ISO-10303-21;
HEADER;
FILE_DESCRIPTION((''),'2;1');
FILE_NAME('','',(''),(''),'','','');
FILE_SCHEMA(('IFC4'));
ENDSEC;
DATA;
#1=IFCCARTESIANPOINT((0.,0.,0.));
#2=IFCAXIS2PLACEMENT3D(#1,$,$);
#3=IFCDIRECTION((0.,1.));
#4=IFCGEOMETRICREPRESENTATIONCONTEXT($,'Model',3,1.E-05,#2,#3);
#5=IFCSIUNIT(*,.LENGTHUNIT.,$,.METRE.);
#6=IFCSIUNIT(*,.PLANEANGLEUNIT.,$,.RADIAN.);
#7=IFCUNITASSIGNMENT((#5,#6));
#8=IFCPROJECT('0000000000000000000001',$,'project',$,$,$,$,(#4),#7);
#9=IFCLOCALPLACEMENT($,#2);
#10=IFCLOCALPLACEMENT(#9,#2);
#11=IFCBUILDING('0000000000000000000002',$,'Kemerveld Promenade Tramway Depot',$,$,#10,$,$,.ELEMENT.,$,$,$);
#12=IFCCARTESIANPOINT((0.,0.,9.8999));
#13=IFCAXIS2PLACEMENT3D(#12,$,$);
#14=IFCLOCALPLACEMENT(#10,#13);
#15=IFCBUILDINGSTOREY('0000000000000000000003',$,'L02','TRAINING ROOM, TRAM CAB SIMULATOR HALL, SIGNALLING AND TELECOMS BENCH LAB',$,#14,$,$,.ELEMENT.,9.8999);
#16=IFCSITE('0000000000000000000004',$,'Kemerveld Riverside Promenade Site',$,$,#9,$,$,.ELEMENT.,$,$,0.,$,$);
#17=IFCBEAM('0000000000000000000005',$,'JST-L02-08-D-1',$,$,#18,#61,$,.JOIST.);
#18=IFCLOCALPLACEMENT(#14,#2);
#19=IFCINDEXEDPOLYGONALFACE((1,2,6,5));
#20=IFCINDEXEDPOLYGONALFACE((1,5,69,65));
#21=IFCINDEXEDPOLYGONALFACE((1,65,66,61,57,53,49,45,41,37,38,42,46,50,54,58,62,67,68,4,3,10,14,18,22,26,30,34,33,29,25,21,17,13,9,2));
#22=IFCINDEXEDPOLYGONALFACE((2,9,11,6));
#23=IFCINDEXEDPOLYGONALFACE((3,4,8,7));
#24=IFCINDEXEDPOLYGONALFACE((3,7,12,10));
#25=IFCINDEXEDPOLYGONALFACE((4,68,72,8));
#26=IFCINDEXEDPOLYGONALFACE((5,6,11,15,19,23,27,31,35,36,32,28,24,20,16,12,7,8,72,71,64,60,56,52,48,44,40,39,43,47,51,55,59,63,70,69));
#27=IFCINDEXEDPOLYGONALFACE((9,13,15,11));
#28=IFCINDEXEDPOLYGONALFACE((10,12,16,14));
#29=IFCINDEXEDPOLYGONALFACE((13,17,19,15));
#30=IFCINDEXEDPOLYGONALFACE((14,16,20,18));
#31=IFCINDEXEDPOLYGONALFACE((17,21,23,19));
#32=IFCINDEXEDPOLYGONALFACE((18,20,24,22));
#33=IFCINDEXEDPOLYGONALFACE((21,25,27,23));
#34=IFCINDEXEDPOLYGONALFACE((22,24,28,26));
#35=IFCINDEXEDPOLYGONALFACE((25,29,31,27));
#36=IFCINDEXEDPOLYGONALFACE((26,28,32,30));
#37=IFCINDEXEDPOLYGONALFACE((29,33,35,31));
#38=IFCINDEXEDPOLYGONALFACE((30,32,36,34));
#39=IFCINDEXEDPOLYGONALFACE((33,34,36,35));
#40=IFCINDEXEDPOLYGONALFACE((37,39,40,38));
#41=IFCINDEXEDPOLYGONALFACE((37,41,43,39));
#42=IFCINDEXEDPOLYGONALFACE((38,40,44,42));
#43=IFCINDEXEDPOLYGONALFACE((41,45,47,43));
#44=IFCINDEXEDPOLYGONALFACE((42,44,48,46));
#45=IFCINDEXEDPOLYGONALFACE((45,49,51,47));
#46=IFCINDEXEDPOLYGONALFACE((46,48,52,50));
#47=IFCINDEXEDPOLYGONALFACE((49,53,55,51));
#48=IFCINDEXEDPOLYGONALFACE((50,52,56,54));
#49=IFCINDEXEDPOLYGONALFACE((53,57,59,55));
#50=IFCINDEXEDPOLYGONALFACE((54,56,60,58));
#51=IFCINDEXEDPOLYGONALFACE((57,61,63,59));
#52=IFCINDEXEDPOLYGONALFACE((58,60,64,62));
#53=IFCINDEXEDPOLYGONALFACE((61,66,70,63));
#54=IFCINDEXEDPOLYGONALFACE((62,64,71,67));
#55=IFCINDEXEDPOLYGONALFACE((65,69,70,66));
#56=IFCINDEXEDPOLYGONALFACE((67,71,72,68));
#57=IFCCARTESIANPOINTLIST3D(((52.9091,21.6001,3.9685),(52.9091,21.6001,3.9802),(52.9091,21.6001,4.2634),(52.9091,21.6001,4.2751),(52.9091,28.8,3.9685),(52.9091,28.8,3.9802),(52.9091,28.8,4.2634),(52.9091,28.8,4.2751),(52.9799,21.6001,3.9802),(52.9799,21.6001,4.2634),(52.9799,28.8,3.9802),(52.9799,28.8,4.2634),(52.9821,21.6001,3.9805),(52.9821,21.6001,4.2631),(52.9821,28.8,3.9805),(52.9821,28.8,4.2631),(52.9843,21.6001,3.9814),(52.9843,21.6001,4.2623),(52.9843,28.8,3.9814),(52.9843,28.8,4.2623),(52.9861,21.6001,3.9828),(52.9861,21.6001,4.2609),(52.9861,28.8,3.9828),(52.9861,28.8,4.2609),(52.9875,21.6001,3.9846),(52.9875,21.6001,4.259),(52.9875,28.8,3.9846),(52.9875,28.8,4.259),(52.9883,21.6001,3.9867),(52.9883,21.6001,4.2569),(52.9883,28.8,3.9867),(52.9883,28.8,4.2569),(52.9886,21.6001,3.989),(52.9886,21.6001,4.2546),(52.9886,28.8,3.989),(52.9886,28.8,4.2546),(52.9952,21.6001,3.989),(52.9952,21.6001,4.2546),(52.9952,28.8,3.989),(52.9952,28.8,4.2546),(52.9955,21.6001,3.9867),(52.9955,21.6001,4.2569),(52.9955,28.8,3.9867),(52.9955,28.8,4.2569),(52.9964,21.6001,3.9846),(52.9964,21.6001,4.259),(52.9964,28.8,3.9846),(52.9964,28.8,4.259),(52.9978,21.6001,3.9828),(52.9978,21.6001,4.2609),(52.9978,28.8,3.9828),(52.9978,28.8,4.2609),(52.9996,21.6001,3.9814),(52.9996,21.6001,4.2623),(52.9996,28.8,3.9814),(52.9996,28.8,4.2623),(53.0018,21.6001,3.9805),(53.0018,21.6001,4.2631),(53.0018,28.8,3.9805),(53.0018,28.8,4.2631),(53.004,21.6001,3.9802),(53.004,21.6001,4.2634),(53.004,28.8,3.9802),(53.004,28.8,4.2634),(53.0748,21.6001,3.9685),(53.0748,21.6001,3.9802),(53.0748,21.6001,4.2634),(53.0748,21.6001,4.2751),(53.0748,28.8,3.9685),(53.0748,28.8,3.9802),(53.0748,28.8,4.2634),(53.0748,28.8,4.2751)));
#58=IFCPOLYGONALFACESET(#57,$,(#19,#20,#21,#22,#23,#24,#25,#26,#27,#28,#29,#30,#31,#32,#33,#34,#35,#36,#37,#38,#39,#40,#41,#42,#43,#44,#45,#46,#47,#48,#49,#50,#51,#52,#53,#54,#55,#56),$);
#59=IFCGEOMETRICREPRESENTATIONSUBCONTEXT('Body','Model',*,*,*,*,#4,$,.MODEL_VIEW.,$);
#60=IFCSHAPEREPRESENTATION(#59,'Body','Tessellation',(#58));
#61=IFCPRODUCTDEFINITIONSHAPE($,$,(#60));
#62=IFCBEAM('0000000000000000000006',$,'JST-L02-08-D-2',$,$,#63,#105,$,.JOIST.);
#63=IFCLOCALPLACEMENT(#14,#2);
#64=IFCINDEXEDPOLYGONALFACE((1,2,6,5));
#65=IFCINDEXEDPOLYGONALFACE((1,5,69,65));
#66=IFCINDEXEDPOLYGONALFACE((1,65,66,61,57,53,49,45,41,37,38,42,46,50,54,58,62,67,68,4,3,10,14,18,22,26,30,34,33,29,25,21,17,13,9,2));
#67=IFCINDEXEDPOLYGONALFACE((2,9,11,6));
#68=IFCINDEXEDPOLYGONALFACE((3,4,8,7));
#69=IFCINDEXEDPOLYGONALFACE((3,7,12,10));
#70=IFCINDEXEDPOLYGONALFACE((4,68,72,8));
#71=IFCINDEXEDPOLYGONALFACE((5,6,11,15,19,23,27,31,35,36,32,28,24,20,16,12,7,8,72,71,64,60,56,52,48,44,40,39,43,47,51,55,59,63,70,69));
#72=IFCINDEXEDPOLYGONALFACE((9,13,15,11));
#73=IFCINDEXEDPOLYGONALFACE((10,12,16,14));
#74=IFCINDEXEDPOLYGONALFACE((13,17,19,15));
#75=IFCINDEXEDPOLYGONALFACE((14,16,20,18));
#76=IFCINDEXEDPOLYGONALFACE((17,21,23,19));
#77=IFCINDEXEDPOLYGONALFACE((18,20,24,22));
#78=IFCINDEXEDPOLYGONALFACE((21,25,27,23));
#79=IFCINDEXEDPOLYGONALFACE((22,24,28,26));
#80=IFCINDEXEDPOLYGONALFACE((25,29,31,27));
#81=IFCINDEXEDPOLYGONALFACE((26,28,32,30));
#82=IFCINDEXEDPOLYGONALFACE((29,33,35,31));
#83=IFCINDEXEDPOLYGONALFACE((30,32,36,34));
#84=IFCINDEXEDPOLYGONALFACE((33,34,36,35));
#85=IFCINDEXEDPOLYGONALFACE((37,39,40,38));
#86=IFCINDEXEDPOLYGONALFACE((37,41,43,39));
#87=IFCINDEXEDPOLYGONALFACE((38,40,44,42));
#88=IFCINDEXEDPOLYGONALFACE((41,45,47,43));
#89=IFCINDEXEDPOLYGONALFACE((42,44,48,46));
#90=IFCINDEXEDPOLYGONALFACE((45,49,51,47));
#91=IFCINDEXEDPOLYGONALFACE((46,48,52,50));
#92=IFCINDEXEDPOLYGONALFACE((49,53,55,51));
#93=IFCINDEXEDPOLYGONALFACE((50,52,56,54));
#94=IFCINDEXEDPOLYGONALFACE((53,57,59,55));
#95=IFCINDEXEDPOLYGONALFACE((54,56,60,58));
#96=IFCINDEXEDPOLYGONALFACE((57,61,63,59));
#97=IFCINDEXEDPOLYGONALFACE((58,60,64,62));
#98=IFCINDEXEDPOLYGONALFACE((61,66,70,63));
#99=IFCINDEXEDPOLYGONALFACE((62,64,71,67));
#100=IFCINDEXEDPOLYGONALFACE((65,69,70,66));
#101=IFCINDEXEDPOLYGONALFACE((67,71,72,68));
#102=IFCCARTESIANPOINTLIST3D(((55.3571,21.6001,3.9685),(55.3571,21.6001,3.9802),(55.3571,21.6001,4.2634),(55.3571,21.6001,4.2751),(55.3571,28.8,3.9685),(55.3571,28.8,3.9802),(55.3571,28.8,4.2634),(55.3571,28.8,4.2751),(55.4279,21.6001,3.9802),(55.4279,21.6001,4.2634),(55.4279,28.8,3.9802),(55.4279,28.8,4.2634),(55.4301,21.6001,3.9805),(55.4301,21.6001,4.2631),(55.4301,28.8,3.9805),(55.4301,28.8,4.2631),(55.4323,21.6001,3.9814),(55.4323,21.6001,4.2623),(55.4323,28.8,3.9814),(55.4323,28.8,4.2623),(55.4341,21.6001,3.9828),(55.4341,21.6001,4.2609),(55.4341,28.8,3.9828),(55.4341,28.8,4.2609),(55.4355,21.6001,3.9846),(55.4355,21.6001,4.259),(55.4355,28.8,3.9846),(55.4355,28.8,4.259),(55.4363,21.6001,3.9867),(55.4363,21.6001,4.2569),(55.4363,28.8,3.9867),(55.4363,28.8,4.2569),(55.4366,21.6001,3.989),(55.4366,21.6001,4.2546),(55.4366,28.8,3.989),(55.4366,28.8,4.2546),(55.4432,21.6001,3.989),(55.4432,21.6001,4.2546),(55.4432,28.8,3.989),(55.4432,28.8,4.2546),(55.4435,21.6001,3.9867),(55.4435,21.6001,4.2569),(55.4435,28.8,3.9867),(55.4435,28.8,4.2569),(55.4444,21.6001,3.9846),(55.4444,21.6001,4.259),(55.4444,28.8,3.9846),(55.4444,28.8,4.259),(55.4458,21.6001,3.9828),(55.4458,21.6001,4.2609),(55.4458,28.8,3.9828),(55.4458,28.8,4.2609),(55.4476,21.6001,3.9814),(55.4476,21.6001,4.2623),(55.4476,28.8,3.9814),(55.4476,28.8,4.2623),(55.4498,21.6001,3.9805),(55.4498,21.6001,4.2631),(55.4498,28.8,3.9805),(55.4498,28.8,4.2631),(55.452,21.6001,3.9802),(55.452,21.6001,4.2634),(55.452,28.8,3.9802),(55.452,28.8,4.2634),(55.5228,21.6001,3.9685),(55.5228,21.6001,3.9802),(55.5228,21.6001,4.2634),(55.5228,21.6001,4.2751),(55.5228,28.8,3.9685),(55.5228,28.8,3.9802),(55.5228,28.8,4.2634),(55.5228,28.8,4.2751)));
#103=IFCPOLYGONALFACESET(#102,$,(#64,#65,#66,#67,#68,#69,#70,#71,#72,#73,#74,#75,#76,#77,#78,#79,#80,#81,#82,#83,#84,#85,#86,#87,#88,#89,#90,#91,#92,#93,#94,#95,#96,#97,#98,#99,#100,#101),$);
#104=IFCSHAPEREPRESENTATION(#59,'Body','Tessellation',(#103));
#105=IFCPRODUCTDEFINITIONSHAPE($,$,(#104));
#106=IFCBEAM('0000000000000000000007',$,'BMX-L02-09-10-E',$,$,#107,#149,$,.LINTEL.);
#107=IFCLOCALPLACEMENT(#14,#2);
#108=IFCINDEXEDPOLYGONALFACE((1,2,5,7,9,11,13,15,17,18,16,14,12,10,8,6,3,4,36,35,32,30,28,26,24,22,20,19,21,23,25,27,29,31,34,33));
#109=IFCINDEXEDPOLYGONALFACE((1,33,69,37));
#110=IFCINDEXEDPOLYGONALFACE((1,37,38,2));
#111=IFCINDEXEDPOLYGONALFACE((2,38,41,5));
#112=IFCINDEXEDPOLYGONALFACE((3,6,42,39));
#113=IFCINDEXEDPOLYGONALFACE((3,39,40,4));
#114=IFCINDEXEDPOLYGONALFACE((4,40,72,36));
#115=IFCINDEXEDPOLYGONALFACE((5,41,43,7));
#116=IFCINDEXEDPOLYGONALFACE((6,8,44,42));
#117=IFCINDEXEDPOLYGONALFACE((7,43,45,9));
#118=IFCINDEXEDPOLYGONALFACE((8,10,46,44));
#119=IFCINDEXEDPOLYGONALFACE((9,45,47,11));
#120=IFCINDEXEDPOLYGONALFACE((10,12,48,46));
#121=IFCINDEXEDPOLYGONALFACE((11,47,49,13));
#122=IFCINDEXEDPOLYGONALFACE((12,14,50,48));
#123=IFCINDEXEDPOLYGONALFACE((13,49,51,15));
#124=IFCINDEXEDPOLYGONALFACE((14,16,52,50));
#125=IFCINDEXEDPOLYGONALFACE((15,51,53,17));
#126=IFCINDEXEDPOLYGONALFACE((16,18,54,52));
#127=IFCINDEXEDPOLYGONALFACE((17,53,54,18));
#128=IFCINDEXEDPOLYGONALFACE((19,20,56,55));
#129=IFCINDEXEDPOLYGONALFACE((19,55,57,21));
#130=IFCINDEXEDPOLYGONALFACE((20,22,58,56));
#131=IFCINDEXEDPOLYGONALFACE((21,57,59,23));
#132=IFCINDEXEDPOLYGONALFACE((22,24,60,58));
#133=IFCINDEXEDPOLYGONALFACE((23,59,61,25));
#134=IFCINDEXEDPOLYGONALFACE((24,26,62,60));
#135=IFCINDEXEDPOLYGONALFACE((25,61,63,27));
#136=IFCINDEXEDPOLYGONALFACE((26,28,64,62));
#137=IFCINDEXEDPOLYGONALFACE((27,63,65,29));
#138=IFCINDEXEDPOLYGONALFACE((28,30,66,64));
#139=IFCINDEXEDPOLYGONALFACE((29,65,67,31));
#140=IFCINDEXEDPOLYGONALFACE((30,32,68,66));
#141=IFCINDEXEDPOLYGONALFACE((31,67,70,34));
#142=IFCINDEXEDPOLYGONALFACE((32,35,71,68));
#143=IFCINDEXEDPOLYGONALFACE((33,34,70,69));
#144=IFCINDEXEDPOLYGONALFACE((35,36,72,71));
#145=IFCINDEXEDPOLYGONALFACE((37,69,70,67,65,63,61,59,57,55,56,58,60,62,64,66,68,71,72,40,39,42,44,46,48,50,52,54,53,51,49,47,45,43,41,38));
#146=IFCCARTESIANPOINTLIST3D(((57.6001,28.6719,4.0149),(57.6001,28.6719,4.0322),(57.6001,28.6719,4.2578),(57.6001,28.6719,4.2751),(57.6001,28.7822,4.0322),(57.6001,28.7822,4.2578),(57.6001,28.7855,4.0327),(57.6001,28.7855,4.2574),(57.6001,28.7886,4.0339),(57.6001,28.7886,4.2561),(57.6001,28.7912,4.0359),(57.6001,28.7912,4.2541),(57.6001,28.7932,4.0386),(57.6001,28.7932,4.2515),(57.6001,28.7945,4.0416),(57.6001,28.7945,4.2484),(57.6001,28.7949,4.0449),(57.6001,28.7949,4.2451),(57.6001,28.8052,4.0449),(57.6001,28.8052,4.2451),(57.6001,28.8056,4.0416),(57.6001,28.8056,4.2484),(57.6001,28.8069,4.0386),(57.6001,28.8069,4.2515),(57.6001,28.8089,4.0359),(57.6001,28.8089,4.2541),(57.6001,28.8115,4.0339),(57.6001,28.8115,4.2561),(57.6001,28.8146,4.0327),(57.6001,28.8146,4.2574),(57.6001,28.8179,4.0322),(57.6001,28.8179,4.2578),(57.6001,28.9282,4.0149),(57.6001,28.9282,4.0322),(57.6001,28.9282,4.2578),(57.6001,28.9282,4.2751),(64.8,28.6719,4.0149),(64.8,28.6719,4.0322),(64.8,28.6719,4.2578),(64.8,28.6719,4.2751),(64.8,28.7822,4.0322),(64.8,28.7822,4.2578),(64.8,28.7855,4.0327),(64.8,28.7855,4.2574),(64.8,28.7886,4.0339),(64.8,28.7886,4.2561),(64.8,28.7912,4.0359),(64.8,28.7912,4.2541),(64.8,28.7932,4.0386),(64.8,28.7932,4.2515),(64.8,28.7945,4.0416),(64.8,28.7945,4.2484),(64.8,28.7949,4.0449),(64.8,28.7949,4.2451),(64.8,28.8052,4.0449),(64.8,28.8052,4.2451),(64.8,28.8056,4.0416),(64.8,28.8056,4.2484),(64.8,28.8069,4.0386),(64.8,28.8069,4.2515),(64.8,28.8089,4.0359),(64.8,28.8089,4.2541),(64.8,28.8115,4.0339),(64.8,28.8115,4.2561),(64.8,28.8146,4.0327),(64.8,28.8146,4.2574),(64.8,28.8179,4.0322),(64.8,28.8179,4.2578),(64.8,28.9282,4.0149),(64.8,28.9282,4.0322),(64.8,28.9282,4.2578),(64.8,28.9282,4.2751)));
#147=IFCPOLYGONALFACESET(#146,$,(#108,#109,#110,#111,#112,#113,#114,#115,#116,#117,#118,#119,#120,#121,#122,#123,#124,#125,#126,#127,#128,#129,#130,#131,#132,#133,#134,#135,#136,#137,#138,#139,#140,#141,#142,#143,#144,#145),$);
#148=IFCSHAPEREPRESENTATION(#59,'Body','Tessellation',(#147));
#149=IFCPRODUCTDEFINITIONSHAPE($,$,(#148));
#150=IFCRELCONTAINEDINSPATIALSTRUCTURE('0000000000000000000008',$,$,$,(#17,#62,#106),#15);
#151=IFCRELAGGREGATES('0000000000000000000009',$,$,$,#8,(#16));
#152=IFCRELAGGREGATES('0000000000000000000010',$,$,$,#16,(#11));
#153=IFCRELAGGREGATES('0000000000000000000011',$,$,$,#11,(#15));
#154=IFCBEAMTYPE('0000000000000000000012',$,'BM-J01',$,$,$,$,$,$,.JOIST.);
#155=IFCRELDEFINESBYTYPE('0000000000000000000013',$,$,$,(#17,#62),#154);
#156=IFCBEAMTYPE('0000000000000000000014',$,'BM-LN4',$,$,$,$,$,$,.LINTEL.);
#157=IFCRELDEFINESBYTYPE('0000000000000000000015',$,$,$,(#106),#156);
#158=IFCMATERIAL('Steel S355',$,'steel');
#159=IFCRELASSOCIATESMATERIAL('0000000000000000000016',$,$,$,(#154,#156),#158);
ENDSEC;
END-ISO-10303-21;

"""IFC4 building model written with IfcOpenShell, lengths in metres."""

from ifc_helpers import new_model, si_unit, direction, frame, origin, origin_2d, place, context, subcontext, project, spatial, i_section, extrude, material, material_profile, profile_set, type_object, element, save


model = new_model("IFC4")

# Units and contexts
model_context = context("Model", 3, precision=1e-05, world=origin(), true_north=direction((0.0, 1.0)))
body_context = subcontext(model_context, "Body", "Model", "MODEL_VIEW")
ifc_project = project(units=[si_unit("LENGTHUNIT", "METRE"), si_unit("PLANEANGLEUNIT", "RADIAN")], contexts=[model_context])

# Site, building, storey
site_placement = place(None, origin())
site = spatial("IfcSite", under=ifc_project, at=site_placement, Name="Kemerveld Riverside Promenade Site", CompositionType="ELEMENT", RefElevation=0.0)
building_placement = place(site_placement, origin())
building = spatial("IfcBuilding", under=site, at=building_placement, Name="Kemerveld Promenade Tramway Depot", CompositionType="ELEMENT")
storey_placement = place(building_placement, frame((0.0, 0.0, 9.8999)))
storey = spatial("IfcBuildingStorey", under=building, at=storey_placement, Name="L02", Description="TRAINING ROOM, TRAM CAB SIMULATOR HALL, SIGNALLING AND TELECOMS BENCH LAB", CompositionType="ELEMENT", Elevation=9.8999)

# Shared definitions
ifc_material_1 = material(Name="Steel S355", Category="steel")

# Beams
ifc_material_profile_1 = material_profile(ifc_material_1, i_section(OverallWidth=0.1658, OverallDepth=0.3066, WebThickness=0.0066, FlangeThickness=0.0117, FilletRadius=0.0088, at=origin_2d()), Name="305x165x46 UB")
ifc_profile_set_1 = profile_set([ifc_material_profile_1], Name="Steel S355")
beam_type_1 = type_object("IfcBeamType", Name="BM-J01", PredefinedType="JOIST", material=ifc_profile_set_1)
for number, where, z_axis, x_axis, name in (
    (1, (52.9919, 21.6001, 4.1218), (0.0, 1.0, 0.0), (-1.0, 0.0, 0.0), "JST-L02-08-D-1"),
    (2, (55.4399, 21.6001, 4.1218), (0.0, 1.0, 0.0), (-1.0, 0.0, 0.0), "JST-L02-08-D-2"),
):
    element("IfcBeam", number, at=place(storey_placement, frame(where, z_axis=z_axis, x_axis=x_axis)), inside=storey, type_object=beam_type_1, Name=name, PredefinedType="JOIST", context=body_context, shape_type="SweptSolid", body=[
        extrude(i_section(OverallWidth=0.1658, OverallDepth=0.3066, WebThickness=0.0066, FlangeThickness=0.0117, FilletRadius=0.0088, at=origin_2d()), origin(), (0.0, 0.0, 1.0), 7.2),
    ])
ifc_material_profile_2 = material_profile(ifc_material_1, i_section(OverallWidth=0.2563, OverallDepth=0.2603, WebThickness=0.0103, FlangeThickness=0.0173, FilletRadius=0.0127, at=origin_2d()), Name="254x254x89 UC")
ifc_profile_set_2 = profile_set([ifc_material_profile_2], Name="Steel S355")
beam_type_2 = type_object("IfcBeamType", Name="BM-LN4", PredefinedType="LINTEL", material=ifc_profile_set_2)
beam_1_placement = place(storey_placement, frame((57.6001, 28.8, 4.145), z_axis=(1.0, 0.0, 0.0), x_axis=(0.0, 1.0, 0.0)))
element("IfcBeam", 3, at=beam_1_placement, inside=storey, type_object=beam_type_2, Name="BMX-L02-09-10-E", PredefinedType="LINTEL", context=body_context, shape_type="SweptSolid", body=[
    extrude(i_section(OverallWidth=0.2563, OverallDepth=0.2603, WebThickness=0.0103, FlangeThickness=0.0173, FilletRadius=0.0127, at=origin_2d()), origin(), (0.0, 0.0, 1.0), 7.2),
])

save(model, "model.ifc")
